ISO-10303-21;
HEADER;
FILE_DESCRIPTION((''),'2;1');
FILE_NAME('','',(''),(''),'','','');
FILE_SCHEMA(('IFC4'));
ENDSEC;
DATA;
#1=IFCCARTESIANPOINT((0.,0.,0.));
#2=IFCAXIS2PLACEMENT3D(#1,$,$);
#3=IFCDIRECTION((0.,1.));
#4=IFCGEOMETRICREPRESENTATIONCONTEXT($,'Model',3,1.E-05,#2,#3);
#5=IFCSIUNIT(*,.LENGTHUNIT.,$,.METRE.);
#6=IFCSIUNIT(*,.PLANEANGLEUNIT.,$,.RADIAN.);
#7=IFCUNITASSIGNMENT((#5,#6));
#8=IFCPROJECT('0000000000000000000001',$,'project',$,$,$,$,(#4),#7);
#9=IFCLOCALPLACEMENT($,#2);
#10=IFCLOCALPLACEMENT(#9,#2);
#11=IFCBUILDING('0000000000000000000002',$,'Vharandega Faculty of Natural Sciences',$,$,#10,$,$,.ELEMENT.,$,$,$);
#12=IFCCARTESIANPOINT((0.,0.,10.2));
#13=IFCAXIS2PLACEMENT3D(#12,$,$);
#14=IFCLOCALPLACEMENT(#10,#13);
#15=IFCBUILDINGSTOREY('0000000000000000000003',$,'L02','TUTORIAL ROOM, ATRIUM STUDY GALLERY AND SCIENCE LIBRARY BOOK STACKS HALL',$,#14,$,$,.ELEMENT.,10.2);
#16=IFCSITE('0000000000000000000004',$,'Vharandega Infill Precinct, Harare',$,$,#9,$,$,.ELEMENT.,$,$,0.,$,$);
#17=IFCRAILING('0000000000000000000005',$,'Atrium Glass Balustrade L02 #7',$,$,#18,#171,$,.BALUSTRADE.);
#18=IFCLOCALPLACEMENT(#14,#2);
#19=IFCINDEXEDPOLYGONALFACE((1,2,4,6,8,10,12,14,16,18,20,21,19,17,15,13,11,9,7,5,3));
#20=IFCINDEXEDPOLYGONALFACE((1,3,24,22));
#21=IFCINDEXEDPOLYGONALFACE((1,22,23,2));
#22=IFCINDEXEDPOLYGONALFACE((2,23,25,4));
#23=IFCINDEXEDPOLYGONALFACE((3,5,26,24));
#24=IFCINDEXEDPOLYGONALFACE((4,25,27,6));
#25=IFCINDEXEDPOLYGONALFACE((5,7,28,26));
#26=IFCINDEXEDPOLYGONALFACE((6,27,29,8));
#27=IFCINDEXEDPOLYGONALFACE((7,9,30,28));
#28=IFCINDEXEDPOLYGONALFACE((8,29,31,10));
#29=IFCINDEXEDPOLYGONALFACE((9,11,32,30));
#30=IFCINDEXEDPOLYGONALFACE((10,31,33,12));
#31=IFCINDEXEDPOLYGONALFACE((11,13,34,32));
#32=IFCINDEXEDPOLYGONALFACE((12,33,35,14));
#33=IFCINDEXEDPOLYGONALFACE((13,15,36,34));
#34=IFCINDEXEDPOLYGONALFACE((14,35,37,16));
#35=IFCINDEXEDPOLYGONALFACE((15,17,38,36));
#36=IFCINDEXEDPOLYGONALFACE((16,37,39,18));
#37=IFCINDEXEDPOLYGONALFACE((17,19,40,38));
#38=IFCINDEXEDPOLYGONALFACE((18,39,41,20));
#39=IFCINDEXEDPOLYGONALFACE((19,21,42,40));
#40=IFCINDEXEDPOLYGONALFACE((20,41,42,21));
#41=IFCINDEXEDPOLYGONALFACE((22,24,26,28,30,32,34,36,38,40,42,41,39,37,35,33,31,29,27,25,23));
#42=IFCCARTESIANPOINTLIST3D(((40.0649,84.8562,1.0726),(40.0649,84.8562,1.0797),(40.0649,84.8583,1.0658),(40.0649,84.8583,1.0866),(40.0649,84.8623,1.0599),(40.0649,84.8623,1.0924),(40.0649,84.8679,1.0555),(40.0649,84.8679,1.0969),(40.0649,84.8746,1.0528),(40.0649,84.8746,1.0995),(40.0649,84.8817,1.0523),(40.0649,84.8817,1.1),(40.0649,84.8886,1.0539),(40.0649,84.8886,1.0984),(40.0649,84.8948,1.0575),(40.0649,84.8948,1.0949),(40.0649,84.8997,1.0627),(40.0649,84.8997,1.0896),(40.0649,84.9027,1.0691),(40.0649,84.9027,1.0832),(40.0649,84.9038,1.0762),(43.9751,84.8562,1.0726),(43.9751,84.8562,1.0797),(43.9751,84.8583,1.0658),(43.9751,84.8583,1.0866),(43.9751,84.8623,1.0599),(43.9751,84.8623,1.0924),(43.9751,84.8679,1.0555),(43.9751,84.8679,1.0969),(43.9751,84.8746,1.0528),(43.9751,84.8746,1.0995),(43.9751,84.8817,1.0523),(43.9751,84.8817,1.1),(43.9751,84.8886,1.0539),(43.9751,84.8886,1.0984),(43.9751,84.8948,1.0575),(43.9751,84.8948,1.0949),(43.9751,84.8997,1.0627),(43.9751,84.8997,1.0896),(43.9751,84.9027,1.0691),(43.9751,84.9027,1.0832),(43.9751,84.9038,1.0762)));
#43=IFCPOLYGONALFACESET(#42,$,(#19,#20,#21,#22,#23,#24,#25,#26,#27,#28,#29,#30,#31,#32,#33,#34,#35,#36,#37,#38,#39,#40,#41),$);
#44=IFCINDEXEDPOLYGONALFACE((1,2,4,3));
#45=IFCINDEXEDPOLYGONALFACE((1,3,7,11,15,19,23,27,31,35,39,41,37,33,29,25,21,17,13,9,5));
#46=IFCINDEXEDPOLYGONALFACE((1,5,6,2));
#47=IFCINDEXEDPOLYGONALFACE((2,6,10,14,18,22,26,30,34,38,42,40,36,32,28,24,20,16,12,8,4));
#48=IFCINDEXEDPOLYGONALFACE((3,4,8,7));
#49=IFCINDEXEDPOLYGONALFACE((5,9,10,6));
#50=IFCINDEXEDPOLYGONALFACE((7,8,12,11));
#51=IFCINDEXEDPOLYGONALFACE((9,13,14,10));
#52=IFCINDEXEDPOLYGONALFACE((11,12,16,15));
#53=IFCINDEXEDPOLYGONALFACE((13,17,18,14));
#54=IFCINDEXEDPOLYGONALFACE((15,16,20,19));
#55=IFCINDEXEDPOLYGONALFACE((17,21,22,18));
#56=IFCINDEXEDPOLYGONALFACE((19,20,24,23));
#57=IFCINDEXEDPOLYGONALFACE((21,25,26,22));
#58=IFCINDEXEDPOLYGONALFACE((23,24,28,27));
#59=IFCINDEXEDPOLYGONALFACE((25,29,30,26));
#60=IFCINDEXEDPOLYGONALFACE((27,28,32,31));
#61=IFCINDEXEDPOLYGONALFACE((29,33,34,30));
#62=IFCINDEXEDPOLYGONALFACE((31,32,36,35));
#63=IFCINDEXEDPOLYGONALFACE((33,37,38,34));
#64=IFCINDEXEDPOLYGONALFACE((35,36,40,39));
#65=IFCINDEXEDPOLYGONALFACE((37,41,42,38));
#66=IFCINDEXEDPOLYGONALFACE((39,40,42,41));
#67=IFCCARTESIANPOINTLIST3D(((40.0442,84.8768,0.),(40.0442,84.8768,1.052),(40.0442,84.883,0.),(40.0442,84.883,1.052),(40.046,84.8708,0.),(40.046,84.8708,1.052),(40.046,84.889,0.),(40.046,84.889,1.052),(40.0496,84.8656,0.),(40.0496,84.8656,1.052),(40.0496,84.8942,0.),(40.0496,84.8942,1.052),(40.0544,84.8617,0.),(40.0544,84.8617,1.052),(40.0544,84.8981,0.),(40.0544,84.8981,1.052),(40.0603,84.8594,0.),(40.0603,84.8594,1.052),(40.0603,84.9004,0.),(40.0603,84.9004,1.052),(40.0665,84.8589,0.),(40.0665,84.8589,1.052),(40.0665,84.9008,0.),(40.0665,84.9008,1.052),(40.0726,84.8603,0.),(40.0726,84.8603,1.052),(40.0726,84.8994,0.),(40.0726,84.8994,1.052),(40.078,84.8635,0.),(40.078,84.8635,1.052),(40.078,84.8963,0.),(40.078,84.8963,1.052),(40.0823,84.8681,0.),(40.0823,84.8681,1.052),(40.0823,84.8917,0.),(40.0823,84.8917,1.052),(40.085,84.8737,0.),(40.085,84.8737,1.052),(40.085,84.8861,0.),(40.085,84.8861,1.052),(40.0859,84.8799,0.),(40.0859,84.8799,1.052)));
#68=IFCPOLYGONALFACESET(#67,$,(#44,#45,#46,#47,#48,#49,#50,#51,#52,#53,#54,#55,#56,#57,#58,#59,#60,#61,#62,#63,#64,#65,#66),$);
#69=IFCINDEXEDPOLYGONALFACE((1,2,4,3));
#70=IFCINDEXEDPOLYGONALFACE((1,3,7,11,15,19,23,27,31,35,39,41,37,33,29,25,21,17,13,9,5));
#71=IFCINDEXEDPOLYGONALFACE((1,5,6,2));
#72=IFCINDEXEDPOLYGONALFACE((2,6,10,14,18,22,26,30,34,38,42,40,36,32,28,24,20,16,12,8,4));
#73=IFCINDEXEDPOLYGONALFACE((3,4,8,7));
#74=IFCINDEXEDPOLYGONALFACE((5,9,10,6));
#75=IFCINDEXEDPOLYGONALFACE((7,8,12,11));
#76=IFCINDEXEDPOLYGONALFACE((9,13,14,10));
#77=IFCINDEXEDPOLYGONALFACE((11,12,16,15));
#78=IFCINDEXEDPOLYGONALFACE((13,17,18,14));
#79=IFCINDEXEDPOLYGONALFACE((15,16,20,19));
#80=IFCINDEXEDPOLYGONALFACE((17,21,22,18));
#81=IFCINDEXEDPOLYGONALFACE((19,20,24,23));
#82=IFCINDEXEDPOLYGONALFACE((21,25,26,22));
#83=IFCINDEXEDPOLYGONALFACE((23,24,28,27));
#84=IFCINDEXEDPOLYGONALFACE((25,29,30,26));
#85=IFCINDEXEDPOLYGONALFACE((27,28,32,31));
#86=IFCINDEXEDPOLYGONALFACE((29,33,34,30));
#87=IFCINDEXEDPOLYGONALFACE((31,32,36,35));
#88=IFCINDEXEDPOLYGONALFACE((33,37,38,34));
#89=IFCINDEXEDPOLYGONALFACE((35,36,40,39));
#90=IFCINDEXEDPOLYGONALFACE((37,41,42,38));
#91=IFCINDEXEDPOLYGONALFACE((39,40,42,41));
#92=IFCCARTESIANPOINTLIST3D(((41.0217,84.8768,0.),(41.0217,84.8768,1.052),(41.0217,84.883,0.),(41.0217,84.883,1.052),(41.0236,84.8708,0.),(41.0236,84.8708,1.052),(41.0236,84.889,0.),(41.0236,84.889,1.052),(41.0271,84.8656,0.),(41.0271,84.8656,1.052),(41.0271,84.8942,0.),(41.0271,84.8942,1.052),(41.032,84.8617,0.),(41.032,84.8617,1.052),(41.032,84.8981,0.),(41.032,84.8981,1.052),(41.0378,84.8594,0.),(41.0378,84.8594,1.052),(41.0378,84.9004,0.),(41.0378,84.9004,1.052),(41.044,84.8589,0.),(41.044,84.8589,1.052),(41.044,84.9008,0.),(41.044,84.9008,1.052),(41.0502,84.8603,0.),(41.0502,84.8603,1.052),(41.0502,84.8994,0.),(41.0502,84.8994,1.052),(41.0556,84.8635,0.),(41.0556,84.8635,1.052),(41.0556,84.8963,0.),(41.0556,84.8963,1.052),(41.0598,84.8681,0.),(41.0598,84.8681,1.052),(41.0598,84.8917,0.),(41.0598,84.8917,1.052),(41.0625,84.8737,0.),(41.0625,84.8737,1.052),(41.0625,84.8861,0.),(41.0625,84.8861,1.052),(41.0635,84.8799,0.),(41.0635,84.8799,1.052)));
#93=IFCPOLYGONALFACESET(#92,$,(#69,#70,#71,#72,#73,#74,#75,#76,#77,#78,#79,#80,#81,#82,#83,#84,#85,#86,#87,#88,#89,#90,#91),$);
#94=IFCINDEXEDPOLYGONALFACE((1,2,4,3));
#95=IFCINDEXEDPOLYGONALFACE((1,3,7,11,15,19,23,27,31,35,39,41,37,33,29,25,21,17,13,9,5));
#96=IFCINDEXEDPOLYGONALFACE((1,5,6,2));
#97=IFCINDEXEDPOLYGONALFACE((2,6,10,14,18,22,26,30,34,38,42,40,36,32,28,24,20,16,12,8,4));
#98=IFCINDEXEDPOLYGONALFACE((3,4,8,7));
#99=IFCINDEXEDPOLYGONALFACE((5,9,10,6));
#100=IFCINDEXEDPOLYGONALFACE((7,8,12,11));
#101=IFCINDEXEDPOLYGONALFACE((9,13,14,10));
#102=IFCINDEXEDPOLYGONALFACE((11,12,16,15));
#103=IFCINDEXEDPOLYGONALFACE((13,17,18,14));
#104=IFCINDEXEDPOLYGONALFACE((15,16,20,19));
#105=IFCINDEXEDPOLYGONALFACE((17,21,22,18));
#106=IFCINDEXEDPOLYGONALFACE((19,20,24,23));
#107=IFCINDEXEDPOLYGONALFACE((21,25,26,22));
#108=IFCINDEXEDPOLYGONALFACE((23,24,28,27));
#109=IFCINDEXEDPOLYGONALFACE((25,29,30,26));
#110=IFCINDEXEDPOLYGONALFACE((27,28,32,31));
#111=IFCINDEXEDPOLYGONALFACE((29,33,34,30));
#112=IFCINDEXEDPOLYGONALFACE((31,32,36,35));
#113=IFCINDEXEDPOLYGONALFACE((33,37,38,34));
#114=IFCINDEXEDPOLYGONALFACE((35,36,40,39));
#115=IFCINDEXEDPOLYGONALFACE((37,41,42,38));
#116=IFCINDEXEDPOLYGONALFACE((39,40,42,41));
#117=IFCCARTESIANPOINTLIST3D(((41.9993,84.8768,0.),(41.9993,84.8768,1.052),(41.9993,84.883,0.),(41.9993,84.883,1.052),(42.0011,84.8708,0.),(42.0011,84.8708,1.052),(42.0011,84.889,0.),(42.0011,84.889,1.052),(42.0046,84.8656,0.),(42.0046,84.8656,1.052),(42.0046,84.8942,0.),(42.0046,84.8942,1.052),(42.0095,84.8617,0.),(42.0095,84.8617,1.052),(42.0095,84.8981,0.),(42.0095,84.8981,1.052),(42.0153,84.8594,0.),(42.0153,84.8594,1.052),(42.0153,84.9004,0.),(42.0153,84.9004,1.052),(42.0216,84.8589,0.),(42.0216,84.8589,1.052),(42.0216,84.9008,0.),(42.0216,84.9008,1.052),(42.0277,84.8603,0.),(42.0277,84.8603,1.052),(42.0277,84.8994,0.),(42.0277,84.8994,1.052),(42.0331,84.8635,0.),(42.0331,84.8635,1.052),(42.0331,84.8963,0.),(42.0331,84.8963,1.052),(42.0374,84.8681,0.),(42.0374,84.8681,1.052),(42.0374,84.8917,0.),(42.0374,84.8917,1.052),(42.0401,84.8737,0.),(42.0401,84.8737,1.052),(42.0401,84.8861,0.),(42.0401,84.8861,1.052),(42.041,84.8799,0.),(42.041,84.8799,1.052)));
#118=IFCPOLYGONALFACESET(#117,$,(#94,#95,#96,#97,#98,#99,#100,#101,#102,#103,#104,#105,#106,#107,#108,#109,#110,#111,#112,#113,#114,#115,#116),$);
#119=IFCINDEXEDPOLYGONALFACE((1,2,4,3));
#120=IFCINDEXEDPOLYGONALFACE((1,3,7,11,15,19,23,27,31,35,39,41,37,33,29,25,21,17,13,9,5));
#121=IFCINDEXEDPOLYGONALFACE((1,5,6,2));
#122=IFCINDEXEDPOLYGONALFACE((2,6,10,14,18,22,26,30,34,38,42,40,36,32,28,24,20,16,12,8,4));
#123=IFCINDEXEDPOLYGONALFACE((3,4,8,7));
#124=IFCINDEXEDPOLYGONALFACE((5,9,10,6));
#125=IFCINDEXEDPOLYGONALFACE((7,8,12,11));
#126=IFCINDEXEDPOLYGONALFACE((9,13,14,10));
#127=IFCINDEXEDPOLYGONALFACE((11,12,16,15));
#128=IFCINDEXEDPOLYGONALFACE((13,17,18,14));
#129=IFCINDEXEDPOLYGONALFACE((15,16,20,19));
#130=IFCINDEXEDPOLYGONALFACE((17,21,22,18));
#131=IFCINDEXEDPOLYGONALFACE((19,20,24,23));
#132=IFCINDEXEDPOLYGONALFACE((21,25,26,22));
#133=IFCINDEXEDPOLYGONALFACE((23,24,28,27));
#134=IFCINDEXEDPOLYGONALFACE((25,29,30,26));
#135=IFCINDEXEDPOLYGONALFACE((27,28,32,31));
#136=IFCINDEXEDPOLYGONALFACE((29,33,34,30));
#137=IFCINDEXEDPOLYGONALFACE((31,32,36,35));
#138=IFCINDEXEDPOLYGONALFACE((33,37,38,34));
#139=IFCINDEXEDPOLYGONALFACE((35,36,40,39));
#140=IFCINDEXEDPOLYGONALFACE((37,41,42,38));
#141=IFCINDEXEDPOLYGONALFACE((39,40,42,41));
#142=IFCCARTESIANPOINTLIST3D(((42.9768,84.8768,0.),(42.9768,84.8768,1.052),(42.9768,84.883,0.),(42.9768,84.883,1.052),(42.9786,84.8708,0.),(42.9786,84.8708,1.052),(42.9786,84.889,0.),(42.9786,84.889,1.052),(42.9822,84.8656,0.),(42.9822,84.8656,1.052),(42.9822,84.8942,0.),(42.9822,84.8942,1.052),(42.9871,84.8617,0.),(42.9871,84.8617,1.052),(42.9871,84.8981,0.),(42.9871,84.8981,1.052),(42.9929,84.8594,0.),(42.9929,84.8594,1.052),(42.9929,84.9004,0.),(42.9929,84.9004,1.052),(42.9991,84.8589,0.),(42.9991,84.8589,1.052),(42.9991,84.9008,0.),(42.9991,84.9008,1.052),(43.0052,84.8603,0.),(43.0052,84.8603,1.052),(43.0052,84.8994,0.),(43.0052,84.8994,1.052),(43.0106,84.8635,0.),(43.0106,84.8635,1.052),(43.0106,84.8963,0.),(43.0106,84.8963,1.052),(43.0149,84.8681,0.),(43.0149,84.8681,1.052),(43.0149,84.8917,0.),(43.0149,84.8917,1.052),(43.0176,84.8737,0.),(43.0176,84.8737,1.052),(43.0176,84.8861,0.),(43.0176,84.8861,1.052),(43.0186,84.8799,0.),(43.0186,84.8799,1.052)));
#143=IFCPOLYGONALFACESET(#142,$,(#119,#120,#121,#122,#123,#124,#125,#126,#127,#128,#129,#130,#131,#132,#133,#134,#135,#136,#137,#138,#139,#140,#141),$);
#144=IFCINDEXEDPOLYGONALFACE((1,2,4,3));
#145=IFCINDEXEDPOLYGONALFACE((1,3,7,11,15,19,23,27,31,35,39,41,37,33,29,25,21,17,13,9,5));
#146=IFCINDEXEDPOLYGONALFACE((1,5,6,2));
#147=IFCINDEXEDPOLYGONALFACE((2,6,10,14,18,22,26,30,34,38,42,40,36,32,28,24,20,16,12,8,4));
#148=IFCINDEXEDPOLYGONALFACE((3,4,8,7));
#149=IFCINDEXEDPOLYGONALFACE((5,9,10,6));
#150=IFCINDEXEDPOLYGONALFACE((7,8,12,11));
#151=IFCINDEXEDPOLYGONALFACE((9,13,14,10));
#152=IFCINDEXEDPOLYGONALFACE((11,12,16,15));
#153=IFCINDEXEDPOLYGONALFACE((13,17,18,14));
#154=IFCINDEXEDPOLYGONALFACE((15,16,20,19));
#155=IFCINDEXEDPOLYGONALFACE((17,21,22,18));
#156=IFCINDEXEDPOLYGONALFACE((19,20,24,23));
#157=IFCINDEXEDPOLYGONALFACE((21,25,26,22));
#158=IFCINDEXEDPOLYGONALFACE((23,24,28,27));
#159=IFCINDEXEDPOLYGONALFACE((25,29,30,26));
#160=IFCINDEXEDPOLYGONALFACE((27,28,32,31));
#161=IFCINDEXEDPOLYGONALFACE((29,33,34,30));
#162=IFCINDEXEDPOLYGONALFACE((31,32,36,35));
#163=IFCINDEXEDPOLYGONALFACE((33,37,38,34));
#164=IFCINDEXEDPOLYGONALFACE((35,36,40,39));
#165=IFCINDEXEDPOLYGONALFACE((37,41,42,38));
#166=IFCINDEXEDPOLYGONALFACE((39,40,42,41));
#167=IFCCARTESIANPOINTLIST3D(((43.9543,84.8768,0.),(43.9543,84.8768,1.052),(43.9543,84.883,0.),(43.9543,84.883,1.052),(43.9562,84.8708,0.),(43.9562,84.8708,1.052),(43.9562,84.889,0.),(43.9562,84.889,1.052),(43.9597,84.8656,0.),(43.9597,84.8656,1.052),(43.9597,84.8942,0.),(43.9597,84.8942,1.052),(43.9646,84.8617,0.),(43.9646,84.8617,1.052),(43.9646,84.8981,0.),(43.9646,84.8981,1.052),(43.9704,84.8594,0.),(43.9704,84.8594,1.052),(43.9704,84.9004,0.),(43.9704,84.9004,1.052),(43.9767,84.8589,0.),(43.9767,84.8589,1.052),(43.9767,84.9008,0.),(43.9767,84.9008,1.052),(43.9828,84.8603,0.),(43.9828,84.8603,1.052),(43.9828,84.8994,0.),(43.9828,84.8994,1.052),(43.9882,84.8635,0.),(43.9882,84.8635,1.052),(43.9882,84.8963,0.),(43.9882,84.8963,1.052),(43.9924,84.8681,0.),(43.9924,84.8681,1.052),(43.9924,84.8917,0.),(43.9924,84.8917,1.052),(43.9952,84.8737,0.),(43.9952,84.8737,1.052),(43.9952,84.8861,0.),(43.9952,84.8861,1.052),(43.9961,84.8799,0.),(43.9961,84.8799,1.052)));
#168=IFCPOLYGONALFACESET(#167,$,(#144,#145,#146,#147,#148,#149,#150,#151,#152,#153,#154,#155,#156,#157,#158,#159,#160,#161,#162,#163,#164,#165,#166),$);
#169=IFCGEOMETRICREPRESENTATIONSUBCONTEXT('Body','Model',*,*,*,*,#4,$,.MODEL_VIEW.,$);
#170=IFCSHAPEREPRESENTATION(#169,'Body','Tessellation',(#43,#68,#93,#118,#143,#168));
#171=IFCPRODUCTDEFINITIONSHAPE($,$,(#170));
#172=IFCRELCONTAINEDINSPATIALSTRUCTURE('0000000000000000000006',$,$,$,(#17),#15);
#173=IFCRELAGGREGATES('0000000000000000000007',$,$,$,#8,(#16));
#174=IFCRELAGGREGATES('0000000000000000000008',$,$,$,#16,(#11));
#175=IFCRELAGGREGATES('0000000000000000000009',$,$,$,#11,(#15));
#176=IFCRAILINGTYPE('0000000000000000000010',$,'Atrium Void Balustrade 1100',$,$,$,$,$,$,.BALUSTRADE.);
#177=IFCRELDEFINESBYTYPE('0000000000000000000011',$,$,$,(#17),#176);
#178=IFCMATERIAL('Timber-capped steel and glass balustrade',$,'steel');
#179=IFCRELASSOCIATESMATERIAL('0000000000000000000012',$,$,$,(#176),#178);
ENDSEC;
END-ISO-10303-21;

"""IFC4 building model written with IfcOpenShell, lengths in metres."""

from ifc_helpers import new_model, si_unit, direction, frame, origin, origin_2d, place, context, subcontext, project, spatial, circle, extrude, material, type_object, element, save


model = new_model("IFC4")

# Units and contexts
model_context = context("Model", 3, precision=1e-05, world=origin(), true_north=direction((0.0, 1.0)))
body_context = subcontext(model_context, "Body", "Model", "MODEL_VIEW")
ifc_project = project(units=[si_unit("LENGTHUNIT", "METRE"), si_unit("PLANEANGLEUNIT", "RADIAN")], contexts=[model_context])

# Site, building, storey
site_placement = place(None, origin())
site = spatial("IfcSite", under=ifc_project, at=site_placement, Name="Vharandega Infill Precinct, Harare", CompositionType="ELEMENT", RefElevation=0.0)
building_placement = place(site_placement, origin())
building = spatial("IfcBuilding", under=site, at=building_placement, Name="Vharandega Faculty of Natural Sciences", CompositionType="ELEMENT")
storey_placement = place(building_placement, frame((0.0, 0.0, 10.2)))
storey = spatial("IfcBuildingStorey", under=building, at=storey_placement, Name="L02", Description="TUTORIAL ROOM, ATRIUM STUDY GALLERY AND SCIENCE LIBRARY BOOK STACKS HALL", CompositionType="ELEMENT", Elevation=10.2)

# Railing
ifc_material_1 = material(Name="Timber-capped steel and glass balustrade", Category="steel")
railing_type_1 = type_object("IfcRailingType", Name="Atrium Void Balustrade 1100", PredefinedType="BALUSTRADE", material=ifc_material_1)
for number, where, name in (
    (1, (40.0649, 84.8799, 0.0), "Atrium Glass Balustrade L02 #7"),
):
    element("IfcRailing", number, at=place(storey_placement, frame(where)), inside=storey, type_object=railing_type_1, Name=name, PredefinedType="BALUSTRADE", context=body_context, shape_type="SweptSolid", body=[
        extrude(circle(Radius=0.0239, at=origin_2d()), frame((0.0, 0.0, 1.0762), z_axis=(1.0, 0.0, 0.0), x_axis=(0.0, 1.0, 0.0)), (0.0, 0.0, 1.0), 3.9102),
        extrude(circle(Radius=0.021, at=origin_2d()), origin(), (0.0, 0.0, 1.0), 1.052),
        extrude(circle(Radius=0.021, at=origin_2d()), frame((0.9775, 0.0, 0.0)), (0.0, 0.0, 1.0), 1.052),
        extrude(circle(Radius=0.021, at=origin_2d()), frame((1.9551, 0.0, 0.0)), (0.0, 0.0, 1.0), 1.052),
        extrude(circle(Radius=0.021, at=origin_2d()), frame((2.9326, 0.0, 0.0)), (0.0, 0.0, 1.0), 1.052),
        extrude(circle(Radius=0.021, at=origin_2d()), frame((3.9102, 0.0, 0.0)), (0.0, 0.0, 1.0), 1.052),
    ])

save(model, "model.ifc")
